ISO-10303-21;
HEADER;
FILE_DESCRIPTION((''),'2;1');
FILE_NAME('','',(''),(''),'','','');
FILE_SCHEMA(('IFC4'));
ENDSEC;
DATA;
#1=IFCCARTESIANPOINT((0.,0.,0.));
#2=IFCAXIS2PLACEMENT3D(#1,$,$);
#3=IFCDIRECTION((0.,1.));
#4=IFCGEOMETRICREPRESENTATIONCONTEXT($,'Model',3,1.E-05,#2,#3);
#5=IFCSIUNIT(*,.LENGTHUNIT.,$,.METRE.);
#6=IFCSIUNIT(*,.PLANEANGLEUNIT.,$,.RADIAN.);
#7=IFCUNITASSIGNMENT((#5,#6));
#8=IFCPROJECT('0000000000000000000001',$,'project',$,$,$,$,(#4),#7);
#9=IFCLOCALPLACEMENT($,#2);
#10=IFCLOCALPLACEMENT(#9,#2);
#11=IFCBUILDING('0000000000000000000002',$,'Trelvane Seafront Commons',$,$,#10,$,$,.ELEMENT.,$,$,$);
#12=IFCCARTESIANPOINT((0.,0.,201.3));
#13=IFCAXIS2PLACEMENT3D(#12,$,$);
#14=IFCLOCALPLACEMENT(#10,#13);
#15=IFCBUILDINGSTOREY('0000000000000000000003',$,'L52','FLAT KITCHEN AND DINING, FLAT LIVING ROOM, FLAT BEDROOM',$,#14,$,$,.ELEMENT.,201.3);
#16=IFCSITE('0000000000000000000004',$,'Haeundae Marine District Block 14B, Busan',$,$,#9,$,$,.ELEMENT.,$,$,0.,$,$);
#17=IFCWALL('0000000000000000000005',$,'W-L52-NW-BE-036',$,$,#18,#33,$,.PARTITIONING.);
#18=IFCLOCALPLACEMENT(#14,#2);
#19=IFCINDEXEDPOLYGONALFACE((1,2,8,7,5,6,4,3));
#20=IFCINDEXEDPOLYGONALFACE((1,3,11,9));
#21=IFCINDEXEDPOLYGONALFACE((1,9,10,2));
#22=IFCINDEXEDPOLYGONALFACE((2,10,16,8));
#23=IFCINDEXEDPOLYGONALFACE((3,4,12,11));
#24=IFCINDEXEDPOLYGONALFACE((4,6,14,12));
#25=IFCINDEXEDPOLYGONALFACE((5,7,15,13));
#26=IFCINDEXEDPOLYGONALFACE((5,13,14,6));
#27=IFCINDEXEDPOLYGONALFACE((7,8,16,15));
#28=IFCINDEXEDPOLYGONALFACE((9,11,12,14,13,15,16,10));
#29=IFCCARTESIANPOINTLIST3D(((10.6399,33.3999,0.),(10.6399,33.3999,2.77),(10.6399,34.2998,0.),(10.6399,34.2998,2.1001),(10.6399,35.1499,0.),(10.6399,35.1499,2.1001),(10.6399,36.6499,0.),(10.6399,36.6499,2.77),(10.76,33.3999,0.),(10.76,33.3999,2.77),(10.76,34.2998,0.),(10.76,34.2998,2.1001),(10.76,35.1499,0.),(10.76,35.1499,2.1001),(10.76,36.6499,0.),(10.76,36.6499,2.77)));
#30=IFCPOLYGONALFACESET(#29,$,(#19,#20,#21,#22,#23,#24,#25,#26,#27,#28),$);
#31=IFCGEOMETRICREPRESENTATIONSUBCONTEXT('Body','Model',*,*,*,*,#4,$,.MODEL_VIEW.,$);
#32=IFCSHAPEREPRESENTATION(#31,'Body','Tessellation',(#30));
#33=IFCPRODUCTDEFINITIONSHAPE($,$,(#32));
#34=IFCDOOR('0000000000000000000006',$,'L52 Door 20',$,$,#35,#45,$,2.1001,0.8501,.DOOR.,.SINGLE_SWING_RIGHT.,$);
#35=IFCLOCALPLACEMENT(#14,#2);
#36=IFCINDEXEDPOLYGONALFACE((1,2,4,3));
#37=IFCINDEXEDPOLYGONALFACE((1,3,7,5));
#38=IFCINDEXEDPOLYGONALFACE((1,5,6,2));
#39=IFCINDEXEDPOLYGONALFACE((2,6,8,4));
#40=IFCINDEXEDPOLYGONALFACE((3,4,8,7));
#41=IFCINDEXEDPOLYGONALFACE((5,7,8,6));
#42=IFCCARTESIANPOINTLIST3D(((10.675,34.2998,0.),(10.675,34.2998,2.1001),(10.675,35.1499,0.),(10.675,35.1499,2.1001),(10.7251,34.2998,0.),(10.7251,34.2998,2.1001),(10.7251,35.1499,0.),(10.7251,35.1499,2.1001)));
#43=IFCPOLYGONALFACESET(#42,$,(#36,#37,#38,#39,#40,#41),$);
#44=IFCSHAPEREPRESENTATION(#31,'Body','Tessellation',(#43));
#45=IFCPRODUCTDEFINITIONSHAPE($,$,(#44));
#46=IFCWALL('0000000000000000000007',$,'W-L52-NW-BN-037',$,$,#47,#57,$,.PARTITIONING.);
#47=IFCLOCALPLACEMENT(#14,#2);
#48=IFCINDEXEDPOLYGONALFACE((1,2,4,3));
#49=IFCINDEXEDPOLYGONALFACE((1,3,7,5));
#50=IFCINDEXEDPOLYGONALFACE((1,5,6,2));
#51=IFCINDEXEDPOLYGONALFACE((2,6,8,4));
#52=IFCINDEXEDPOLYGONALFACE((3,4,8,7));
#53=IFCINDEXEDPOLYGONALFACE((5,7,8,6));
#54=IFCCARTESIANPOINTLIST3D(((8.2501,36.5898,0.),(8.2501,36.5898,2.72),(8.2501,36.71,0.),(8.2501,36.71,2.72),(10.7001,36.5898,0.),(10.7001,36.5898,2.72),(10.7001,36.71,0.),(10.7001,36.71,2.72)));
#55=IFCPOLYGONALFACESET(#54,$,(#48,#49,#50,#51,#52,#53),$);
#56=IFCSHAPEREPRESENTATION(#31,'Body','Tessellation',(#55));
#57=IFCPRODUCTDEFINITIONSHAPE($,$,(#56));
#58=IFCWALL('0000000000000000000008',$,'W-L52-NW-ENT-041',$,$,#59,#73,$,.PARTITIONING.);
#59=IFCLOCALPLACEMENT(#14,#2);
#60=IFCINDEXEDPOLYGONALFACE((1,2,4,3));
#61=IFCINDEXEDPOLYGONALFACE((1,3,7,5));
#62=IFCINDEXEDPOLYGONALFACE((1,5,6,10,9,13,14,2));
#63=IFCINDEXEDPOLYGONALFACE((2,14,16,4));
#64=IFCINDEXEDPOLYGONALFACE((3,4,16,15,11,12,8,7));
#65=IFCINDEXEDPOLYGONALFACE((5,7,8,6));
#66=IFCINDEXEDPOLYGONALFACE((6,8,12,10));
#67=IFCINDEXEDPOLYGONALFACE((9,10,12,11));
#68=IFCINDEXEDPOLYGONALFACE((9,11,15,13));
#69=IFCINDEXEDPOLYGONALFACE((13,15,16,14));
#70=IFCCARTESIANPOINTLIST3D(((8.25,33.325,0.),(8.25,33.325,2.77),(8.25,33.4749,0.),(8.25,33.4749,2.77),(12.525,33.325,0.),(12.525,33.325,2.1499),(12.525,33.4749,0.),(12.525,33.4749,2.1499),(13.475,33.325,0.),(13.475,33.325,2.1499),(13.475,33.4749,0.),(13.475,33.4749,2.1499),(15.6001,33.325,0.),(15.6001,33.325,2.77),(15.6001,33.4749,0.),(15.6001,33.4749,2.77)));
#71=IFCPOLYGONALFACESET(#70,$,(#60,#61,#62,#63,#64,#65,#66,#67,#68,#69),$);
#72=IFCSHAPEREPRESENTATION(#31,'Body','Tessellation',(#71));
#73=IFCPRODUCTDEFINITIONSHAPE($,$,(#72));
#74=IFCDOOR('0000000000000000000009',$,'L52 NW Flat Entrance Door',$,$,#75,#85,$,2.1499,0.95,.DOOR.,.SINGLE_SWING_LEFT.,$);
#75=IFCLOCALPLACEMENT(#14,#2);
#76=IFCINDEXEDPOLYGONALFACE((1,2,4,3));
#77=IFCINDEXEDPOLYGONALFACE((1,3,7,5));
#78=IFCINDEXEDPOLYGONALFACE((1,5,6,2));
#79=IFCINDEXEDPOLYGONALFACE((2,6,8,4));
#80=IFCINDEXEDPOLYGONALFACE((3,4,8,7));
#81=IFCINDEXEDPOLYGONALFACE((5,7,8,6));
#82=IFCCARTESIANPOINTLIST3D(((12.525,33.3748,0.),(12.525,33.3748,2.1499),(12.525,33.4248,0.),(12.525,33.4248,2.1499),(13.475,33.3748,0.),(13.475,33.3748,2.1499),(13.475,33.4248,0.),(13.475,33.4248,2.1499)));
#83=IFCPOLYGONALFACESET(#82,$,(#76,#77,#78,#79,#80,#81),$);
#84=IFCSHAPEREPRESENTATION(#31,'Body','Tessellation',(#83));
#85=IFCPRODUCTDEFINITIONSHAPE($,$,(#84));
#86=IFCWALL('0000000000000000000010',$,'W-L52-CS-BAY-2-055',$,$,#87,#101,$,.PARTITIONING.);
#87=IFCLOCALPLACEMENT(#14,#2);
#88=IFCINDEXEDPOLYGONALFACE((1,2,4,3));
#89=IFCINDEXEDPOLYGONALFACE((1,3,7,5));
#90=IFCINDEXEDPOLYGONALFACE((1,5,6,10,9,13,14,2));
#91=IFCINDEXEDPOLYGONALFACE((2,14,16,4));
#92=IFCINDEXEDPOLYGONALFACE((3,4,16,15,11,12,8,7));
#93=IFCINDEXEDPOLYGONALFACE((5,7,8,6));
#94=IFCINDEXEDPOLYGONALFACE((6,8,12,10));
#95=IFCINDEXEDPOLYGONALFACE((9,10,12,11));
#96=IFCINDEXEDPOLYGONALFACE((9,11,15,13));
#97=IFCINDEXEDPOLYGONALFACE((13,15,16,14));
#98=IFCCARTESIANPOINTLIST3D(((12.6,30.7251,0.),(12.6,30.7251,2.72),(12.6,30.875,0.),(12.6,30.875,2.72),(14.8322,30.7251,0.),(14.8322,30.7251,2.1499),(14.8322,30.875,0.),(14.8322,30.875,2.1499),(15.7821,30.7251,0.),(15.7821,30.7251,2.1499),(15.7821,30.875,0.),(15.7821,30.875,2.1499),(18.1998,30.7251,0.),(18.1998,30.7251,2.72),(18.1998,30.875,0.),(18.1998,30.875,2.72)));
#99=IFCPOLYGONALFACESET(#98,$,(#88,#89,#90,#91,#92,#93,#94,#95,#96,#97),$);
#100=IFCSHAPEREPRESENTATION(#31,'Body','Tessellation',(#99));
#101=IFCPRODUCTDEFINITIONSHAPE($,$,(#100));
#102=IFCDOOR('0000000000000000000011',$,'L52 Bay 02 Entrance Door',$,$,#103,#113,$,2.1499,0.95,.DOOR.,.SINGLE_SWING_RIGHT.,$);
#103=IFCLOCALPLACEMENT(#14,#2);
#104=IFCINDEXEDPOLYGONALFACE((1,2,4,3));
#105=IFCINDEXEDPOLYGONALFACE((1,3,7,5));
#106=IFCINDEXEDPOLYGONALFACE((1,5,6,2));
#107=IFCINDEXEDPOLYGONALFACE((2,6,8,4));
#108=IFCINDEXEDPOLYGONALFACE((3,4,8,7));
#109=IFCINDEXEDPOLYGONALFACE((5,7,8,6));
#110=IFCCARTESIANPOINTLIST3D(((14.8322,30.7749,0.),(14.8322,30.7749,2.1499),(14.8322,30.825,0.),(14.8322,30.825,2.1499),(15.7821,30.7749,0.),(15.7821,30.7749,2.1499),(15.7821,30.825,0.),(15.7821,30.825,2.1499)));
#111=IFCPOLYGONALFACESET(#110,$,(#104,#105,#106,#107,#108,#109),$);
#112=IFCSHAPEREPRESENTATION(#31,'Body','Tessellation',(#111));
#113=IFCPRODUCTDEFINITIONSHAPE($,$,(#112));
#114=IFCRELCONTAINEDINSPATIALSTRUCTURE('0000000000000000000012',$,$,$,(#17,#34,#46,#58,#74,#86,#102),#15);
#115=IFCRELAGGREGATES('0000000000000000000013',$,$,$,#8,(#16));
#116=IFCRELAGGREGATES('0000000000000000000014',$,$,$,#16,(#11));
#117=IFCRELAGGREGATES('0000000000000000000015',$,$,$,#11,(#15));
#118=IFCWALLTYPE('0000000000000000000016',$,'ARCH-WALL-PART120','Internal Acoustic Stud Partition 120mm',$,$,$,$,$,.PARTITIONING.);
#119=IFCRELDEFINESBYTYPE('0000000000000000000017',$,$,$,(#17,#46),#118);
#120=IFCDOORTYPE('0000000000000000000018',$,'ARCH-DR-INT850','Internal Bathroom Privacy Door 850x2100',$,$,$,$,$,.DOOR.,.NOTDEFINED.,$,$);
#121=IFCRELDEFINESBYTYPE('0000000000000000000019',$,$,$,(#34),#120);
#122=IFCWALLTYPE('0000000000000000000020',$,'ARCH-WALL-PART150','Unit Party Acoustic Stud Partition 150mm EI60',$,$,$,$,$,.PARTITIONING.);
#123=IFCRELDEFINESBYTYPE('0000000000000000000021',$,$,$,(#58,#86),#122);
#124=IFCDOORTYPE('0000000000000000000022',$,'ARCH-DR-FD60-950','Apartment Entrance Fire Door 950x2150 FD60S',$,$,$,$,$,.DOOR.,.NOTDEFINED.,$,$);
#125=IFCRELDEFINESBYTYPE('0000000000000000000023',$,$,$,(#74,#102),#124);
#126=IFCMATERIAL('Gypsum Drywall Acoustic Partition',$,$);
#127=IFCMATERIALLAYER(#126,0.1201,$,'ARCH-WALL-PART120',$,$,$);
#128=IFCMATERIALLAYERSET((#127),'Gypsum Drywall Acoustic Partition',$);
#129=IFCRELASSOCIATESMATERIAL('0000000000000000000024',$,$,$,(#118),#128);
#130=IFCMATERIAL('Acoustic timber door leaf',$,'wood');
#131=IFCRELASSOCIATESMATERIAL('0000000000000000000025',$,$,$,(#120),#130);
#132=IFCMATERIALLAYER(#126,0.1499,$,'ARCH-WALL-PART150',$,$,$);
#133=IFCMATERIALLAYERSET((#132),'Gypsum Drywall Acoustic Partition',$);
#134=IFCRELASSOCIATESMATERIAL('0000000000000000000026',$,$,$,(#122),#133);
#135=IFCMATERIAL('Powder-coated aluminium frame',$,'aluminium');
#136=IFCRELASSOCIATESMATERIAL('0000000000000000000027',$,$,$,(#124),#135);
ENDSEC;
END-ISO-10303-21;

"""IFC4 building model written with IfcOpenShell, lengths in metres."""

from ifc_helpers import new_model, si_unit, direction, frame, frame_2d, origin, place, context, subcontext, project, spatial, rectangle, extrude, source, transform, mapped, material, layer, layer_set, type_object, element, fill, save


model = new_model("IFC4")

# Units and contexts
model_context = context("Model", 3, precision=1e-05, world=origin(), true_north=direction((0.0, 1.0)))
body_context = subcontext(model_context, "Body", "Model", "MODEL_VIEW")
ifc_project = project(units=[si_unit("LENGTHUNIT", "METRE"), si_unit("PLANEANGLEUNIT", "RADIAN")], contexts=[model_context])

# Site, building, storey
site_placement = place(None, origin())
site = spatial("IfcSite", under=ifc_project, at=site_placement, Name="Haeundae Marine District Block 14B, Busan", CompositionType="ELEMENT", RefElevation=0.0)
building_placement = place(site_placement, origin())
building = spatial("IfcBuilding", under=site, at=building_placement, Name="Trelvane Seafront Commons", CompositionType="ELEMENT")
storey_placement = place(building_placement, frame((0.0, 0.0, 201.3)))
storey = spatial("IfcBuildingStorey", under=building, at=storey_placement, Name="L52", Description="FLAT KITCHEN AND DINING, FLAT LIVING ROOM, FLAT BEDROOM", CompositionType="ELEMENT", Elevation=201.3)

# Wall, opening, door
ifc_material_1 = material(Name="Gypsum Drywall Acoustic Partition")
ifc_layer_1 = layer(ifc_material_1, 0.1201, Name="ARCH-WALL-PART120")
ifc_layer_set_1 = layer_set([ifc_layer_1], Name="Gypsum Drywall Acoustic Partition")
wall_type_1 = type_object("IfcWallType", Name="ARCH-WALL-PART120", Description="Internal Acoustic Stud Partition 120mm", PredefinedType="PARTITIONING", material=ifc_layer_set_1)
wall_1_placement = place(storey_placement, frame((10.7, 33.3999, 0.0), z_axis=(0.0, 0.0, 1.0), x_axis=(0.0, 1.0, 0.0)))
wall_1 = element("IfcWall", 1, at=wall_1_placement, inside=storey, type_object=wall_type_1, Name="W-L52-NW-BE-036", PredefinedType="PARTITIONING", context=body_context, shape_type="SweptSolid", body=[
    extrude(rectangle(XDim=3.25, YDim=0.1201, at=frame_2d((1.625, 0.0))), origin(), (0.0, 0.0, 1.0), 2.77),
])
opening_1_placement = place(wall_1_placement, frame((0.8999, 0.0, 0.0)))
opening_1 = element("IfcOpeningElement", 2, at=opening_1_placement, cuts=wall_1, PredefinedType="OPENING", context=body_context, shape_type="SweptSolid", body=[
    extrude(rectangle(XDim=0.8501, YDim=2.1001, at=frame_2d((0.425, 1.05))), frame((0.0, 0.0701, 0.0), z_axis=(0.0, -1.0, 0.0), x_axis=(1.0, 0.0, 0.0)), (0.0, 0.0, 1.0), 0.1401),
])
ifc_material_2 = material(Name="Acoustic timber door leaf", Category="wood")
door_type_1 = type_object("IfcDoorType", Name="ARCH-DR-INT850", Description="Internal Bathroom Privacy Door 850x2100", OperationType="NOTDEFINED", PredefinedType="DOOR", material=ifc_material_2)
shared_shape_1 = source(origin(), body_context, "Body", "SweptSolid", [
    extrude(rectangle(XDim=0.8501, YDim=2.1001, at=frame_2d((0.425, 1.05))), frame((0.0, 0.0249, 0.0), z_axis=(0.0, -1.0, 0.0), x_axis=(1.0, 0.0, 0.0)), (0.0, 0.0, 1.0), 0.05),
])
door_1_placement = place(opening_1_placement, origin())
door_1 = element("IfcDoor", 3, at=door_1_placement, inside=storey, type_object=door_type_1, Name="L52 Door 20", OperationType="SINGLE_SWING_RIGHT", OverallHeight=2.1001, OverallWidth=0.8501, PredefinedType="DOOR", context=body_context, shape_type="MappedRepresentation", body=[
    mapped(shared_shape_1, transform((0.0, 0.0, 0.0), x_axis=(1.0, 0.0, 0.0), y_axis=(0.0, 1.0, 0.0), z_axis=(0.0, 0.0, 1.0), scale=1.0)),
])
fill(opening_1, door_1)

# Wall
wall_2_placement = place(storey_placement, frame((8.25, 36.6499, 0.0), z_axis=(0.0, 0.0, 1.0), x_axis=(1.0, 0.0, 0.0)))
element("IfcWall", 4, at=wall_2_placement, inside=storey, type_object=wall_type_1, Name="W-L52-NW-BN-037", PredefinedType="PARTITIONING", context=body_context, shape_type="SweptSolid", body=[
    extrude(rectangle(XDim=2.45, YDim=0.1201, at=frame_2d((1.2251, 0.0))), origin(), (0.0, 0.0, 1.0), 2.72),
])

# Walls, openings, doors
shared_shape_2 = source(origin(), body_context, "Body", "SweptSolid", [
    extrude(rectangle(XDim=0.95, YDim=2.1499, at=frame_2d((0.4751, 1.075))), frame((0.0, 0.0249, 0.0), z_axis=(0.0, -1.0, 0.0), x_axis=(1.0, 0.0, 0.0)), (0.0, 0.0, 1.0), 0.05),
])
ifc_layer_2 = layer(ifc_material_1, 0.1499, Name="ARCH-WALL-PART150")
ifc_layer_set_2 = layer_set([ifc_layer_2], Name="Gypsum Drywall Acoustic Partition")
wall_type_2 = type_object("IfcWallType", Name="ARCH-WALL-PART150", Description="Unit Party Acoustic Stud Partition 150mm EI60", PredefinedType="PARTITIONING", material=ifc_layer_set_2)
wall_3_placement = place(storey_placement, frame((8.25, 33.3999, 0.0), z_axis=(0.0, 0.0, 1.0), x_axis=(1.0, 0.0, 0.0)))
wall_3 = element("IfcWall", 5, at=wall_3_placement, inside=storey, type_object=wall_type_2, Name="W-L52-NW-ENT-041", PredefinedType="PARTITIONING", context=body_context, shape_type="SweptSolid", body=[
    extrude(rectangle(XDim=7.3501, YDim=0.1499, at=frame_2d((3.675, 0.0))), origin(), (0.0, 0.0, 1.0), 2.77),
])
opening_2_placement = place(wall_3_placement, frame((4.2749, 0.0, 0.0)))
opening_2 = element("IfcOpeningElement", 6, at=opening_2_placement, cuts=wall_3, PredefinedType="OPENING", context=body_context, shape_type="SweptSolid", body=[
    extrude(rectangle(XDim=0.95, YDim=2.1499, at=frame_2d((0.4751, 1.075))), frame((0.0, 0.085, 0.0), z_axis=(0.0, -1.0, 0.0), x_axis=(1.0, 0.0, 0.0)), (0.0, 0.0, 1.0), 0.1699),
])
ifc_material_3 = material(Name="Powder-coated aluminium frame", Category="aluminium")
door_type_2 = type_object("IfcDoorType", Name="ARCH-DR-FD60-950", Description="Apartment Entrance Fire Door 950x2150 FD60S", OperationType="NOTDEFINED", PredefinedType="DOOR", material=ifc_material_3)
door_2_placement = place(opening_2_placement, origin())
door_2 = element("IfcDoor", 7, at=door_2_placement, inside=storey, type_object=door_type_2, Name="L52 NW Flat Entrance Door", OperationType="SINGLE_SWING_LEFT", OverallHeight=2.1499, OverallWidth=0.95, PredefinedType="DOOR", context=body_context, shape_type="MappedRepresentation", body=[
    mapped(shared_shape_2, transform((0.0, 0.0, 0.0), x_axis=(1.0, 0.0, 0.0), y_axis=(0.0, 1.0, 0.0), z_axis=(0.0, 0.0, 1.0), scale=1.0)),
])
fill(opening_2, door_2)
wall_4_placement = place(storey_placement, frame((12.6001, 30.8, 0.0), z_axis=(0.0, 0.0, 1.0), x_axis=(1.0, 0.0, 0.0)))
wall_4 = element("IfcWall", 8, at=wall_4_placement, inside=storey, type_object=wall_type_2, Name="W-L52-CS-BAY-2-055", PredefinedType="PARTITIONING", context=body_context, shape_type="SweptSolid", body=[
    extrude(rectangle(XDim=5.5999, YDim=0.1499, at=frame_2d((2.7998, 0.0))), origin(), (0.0, 0.0, 1.0), 2.72),
])
opening_3_placement = place(wall_4_placement, frame((2.2319, 0.0, 0.0)))
opening_3 = element("IfcOpeningElement", 9, at=opening_3_placement, cuts=wall_4, PredefinedType="OPENING", context=body_context, shape_type="SweptSolid", body=[
    extrude(rectangle(XDim=0.95, YDim=2.1499, at=frame_2d((0.4751, 1.075))), frame((0.0, 0.085, 0.0), z_axis=(0.0, -1.0, 0.0), x_axis=(1.0, 0.0, 0.0)), (0.0, 0.0, 1.0), 0.1699),
])
door_3_placement = place(opening_3_placement, origin())
door_3 = element("IfcDoor", 10, at=door_3_placement, inside=storey, type_object=door_type_2, Name="L52 Bay 02 Entrance Door", OperationType="SINGLE_SWING_RIGHT", OverallHeight=2.1499, OverallWidth=0.95, PredefinedType="DOOR", context=body_context, shape_type="MappedRepresentation", body=[
    mapped(shared_shape_2, transform((0.0, 0.0, 0.0), x_axis=(1.0, 0.0, 0.0), y_axis=(0.0, 1.0, 0.0), z_axis=(0.0, 0.0, 1.0), scale=1.0)),
])
fill(opening_3, door_3)

save(model, "model.ifc")
